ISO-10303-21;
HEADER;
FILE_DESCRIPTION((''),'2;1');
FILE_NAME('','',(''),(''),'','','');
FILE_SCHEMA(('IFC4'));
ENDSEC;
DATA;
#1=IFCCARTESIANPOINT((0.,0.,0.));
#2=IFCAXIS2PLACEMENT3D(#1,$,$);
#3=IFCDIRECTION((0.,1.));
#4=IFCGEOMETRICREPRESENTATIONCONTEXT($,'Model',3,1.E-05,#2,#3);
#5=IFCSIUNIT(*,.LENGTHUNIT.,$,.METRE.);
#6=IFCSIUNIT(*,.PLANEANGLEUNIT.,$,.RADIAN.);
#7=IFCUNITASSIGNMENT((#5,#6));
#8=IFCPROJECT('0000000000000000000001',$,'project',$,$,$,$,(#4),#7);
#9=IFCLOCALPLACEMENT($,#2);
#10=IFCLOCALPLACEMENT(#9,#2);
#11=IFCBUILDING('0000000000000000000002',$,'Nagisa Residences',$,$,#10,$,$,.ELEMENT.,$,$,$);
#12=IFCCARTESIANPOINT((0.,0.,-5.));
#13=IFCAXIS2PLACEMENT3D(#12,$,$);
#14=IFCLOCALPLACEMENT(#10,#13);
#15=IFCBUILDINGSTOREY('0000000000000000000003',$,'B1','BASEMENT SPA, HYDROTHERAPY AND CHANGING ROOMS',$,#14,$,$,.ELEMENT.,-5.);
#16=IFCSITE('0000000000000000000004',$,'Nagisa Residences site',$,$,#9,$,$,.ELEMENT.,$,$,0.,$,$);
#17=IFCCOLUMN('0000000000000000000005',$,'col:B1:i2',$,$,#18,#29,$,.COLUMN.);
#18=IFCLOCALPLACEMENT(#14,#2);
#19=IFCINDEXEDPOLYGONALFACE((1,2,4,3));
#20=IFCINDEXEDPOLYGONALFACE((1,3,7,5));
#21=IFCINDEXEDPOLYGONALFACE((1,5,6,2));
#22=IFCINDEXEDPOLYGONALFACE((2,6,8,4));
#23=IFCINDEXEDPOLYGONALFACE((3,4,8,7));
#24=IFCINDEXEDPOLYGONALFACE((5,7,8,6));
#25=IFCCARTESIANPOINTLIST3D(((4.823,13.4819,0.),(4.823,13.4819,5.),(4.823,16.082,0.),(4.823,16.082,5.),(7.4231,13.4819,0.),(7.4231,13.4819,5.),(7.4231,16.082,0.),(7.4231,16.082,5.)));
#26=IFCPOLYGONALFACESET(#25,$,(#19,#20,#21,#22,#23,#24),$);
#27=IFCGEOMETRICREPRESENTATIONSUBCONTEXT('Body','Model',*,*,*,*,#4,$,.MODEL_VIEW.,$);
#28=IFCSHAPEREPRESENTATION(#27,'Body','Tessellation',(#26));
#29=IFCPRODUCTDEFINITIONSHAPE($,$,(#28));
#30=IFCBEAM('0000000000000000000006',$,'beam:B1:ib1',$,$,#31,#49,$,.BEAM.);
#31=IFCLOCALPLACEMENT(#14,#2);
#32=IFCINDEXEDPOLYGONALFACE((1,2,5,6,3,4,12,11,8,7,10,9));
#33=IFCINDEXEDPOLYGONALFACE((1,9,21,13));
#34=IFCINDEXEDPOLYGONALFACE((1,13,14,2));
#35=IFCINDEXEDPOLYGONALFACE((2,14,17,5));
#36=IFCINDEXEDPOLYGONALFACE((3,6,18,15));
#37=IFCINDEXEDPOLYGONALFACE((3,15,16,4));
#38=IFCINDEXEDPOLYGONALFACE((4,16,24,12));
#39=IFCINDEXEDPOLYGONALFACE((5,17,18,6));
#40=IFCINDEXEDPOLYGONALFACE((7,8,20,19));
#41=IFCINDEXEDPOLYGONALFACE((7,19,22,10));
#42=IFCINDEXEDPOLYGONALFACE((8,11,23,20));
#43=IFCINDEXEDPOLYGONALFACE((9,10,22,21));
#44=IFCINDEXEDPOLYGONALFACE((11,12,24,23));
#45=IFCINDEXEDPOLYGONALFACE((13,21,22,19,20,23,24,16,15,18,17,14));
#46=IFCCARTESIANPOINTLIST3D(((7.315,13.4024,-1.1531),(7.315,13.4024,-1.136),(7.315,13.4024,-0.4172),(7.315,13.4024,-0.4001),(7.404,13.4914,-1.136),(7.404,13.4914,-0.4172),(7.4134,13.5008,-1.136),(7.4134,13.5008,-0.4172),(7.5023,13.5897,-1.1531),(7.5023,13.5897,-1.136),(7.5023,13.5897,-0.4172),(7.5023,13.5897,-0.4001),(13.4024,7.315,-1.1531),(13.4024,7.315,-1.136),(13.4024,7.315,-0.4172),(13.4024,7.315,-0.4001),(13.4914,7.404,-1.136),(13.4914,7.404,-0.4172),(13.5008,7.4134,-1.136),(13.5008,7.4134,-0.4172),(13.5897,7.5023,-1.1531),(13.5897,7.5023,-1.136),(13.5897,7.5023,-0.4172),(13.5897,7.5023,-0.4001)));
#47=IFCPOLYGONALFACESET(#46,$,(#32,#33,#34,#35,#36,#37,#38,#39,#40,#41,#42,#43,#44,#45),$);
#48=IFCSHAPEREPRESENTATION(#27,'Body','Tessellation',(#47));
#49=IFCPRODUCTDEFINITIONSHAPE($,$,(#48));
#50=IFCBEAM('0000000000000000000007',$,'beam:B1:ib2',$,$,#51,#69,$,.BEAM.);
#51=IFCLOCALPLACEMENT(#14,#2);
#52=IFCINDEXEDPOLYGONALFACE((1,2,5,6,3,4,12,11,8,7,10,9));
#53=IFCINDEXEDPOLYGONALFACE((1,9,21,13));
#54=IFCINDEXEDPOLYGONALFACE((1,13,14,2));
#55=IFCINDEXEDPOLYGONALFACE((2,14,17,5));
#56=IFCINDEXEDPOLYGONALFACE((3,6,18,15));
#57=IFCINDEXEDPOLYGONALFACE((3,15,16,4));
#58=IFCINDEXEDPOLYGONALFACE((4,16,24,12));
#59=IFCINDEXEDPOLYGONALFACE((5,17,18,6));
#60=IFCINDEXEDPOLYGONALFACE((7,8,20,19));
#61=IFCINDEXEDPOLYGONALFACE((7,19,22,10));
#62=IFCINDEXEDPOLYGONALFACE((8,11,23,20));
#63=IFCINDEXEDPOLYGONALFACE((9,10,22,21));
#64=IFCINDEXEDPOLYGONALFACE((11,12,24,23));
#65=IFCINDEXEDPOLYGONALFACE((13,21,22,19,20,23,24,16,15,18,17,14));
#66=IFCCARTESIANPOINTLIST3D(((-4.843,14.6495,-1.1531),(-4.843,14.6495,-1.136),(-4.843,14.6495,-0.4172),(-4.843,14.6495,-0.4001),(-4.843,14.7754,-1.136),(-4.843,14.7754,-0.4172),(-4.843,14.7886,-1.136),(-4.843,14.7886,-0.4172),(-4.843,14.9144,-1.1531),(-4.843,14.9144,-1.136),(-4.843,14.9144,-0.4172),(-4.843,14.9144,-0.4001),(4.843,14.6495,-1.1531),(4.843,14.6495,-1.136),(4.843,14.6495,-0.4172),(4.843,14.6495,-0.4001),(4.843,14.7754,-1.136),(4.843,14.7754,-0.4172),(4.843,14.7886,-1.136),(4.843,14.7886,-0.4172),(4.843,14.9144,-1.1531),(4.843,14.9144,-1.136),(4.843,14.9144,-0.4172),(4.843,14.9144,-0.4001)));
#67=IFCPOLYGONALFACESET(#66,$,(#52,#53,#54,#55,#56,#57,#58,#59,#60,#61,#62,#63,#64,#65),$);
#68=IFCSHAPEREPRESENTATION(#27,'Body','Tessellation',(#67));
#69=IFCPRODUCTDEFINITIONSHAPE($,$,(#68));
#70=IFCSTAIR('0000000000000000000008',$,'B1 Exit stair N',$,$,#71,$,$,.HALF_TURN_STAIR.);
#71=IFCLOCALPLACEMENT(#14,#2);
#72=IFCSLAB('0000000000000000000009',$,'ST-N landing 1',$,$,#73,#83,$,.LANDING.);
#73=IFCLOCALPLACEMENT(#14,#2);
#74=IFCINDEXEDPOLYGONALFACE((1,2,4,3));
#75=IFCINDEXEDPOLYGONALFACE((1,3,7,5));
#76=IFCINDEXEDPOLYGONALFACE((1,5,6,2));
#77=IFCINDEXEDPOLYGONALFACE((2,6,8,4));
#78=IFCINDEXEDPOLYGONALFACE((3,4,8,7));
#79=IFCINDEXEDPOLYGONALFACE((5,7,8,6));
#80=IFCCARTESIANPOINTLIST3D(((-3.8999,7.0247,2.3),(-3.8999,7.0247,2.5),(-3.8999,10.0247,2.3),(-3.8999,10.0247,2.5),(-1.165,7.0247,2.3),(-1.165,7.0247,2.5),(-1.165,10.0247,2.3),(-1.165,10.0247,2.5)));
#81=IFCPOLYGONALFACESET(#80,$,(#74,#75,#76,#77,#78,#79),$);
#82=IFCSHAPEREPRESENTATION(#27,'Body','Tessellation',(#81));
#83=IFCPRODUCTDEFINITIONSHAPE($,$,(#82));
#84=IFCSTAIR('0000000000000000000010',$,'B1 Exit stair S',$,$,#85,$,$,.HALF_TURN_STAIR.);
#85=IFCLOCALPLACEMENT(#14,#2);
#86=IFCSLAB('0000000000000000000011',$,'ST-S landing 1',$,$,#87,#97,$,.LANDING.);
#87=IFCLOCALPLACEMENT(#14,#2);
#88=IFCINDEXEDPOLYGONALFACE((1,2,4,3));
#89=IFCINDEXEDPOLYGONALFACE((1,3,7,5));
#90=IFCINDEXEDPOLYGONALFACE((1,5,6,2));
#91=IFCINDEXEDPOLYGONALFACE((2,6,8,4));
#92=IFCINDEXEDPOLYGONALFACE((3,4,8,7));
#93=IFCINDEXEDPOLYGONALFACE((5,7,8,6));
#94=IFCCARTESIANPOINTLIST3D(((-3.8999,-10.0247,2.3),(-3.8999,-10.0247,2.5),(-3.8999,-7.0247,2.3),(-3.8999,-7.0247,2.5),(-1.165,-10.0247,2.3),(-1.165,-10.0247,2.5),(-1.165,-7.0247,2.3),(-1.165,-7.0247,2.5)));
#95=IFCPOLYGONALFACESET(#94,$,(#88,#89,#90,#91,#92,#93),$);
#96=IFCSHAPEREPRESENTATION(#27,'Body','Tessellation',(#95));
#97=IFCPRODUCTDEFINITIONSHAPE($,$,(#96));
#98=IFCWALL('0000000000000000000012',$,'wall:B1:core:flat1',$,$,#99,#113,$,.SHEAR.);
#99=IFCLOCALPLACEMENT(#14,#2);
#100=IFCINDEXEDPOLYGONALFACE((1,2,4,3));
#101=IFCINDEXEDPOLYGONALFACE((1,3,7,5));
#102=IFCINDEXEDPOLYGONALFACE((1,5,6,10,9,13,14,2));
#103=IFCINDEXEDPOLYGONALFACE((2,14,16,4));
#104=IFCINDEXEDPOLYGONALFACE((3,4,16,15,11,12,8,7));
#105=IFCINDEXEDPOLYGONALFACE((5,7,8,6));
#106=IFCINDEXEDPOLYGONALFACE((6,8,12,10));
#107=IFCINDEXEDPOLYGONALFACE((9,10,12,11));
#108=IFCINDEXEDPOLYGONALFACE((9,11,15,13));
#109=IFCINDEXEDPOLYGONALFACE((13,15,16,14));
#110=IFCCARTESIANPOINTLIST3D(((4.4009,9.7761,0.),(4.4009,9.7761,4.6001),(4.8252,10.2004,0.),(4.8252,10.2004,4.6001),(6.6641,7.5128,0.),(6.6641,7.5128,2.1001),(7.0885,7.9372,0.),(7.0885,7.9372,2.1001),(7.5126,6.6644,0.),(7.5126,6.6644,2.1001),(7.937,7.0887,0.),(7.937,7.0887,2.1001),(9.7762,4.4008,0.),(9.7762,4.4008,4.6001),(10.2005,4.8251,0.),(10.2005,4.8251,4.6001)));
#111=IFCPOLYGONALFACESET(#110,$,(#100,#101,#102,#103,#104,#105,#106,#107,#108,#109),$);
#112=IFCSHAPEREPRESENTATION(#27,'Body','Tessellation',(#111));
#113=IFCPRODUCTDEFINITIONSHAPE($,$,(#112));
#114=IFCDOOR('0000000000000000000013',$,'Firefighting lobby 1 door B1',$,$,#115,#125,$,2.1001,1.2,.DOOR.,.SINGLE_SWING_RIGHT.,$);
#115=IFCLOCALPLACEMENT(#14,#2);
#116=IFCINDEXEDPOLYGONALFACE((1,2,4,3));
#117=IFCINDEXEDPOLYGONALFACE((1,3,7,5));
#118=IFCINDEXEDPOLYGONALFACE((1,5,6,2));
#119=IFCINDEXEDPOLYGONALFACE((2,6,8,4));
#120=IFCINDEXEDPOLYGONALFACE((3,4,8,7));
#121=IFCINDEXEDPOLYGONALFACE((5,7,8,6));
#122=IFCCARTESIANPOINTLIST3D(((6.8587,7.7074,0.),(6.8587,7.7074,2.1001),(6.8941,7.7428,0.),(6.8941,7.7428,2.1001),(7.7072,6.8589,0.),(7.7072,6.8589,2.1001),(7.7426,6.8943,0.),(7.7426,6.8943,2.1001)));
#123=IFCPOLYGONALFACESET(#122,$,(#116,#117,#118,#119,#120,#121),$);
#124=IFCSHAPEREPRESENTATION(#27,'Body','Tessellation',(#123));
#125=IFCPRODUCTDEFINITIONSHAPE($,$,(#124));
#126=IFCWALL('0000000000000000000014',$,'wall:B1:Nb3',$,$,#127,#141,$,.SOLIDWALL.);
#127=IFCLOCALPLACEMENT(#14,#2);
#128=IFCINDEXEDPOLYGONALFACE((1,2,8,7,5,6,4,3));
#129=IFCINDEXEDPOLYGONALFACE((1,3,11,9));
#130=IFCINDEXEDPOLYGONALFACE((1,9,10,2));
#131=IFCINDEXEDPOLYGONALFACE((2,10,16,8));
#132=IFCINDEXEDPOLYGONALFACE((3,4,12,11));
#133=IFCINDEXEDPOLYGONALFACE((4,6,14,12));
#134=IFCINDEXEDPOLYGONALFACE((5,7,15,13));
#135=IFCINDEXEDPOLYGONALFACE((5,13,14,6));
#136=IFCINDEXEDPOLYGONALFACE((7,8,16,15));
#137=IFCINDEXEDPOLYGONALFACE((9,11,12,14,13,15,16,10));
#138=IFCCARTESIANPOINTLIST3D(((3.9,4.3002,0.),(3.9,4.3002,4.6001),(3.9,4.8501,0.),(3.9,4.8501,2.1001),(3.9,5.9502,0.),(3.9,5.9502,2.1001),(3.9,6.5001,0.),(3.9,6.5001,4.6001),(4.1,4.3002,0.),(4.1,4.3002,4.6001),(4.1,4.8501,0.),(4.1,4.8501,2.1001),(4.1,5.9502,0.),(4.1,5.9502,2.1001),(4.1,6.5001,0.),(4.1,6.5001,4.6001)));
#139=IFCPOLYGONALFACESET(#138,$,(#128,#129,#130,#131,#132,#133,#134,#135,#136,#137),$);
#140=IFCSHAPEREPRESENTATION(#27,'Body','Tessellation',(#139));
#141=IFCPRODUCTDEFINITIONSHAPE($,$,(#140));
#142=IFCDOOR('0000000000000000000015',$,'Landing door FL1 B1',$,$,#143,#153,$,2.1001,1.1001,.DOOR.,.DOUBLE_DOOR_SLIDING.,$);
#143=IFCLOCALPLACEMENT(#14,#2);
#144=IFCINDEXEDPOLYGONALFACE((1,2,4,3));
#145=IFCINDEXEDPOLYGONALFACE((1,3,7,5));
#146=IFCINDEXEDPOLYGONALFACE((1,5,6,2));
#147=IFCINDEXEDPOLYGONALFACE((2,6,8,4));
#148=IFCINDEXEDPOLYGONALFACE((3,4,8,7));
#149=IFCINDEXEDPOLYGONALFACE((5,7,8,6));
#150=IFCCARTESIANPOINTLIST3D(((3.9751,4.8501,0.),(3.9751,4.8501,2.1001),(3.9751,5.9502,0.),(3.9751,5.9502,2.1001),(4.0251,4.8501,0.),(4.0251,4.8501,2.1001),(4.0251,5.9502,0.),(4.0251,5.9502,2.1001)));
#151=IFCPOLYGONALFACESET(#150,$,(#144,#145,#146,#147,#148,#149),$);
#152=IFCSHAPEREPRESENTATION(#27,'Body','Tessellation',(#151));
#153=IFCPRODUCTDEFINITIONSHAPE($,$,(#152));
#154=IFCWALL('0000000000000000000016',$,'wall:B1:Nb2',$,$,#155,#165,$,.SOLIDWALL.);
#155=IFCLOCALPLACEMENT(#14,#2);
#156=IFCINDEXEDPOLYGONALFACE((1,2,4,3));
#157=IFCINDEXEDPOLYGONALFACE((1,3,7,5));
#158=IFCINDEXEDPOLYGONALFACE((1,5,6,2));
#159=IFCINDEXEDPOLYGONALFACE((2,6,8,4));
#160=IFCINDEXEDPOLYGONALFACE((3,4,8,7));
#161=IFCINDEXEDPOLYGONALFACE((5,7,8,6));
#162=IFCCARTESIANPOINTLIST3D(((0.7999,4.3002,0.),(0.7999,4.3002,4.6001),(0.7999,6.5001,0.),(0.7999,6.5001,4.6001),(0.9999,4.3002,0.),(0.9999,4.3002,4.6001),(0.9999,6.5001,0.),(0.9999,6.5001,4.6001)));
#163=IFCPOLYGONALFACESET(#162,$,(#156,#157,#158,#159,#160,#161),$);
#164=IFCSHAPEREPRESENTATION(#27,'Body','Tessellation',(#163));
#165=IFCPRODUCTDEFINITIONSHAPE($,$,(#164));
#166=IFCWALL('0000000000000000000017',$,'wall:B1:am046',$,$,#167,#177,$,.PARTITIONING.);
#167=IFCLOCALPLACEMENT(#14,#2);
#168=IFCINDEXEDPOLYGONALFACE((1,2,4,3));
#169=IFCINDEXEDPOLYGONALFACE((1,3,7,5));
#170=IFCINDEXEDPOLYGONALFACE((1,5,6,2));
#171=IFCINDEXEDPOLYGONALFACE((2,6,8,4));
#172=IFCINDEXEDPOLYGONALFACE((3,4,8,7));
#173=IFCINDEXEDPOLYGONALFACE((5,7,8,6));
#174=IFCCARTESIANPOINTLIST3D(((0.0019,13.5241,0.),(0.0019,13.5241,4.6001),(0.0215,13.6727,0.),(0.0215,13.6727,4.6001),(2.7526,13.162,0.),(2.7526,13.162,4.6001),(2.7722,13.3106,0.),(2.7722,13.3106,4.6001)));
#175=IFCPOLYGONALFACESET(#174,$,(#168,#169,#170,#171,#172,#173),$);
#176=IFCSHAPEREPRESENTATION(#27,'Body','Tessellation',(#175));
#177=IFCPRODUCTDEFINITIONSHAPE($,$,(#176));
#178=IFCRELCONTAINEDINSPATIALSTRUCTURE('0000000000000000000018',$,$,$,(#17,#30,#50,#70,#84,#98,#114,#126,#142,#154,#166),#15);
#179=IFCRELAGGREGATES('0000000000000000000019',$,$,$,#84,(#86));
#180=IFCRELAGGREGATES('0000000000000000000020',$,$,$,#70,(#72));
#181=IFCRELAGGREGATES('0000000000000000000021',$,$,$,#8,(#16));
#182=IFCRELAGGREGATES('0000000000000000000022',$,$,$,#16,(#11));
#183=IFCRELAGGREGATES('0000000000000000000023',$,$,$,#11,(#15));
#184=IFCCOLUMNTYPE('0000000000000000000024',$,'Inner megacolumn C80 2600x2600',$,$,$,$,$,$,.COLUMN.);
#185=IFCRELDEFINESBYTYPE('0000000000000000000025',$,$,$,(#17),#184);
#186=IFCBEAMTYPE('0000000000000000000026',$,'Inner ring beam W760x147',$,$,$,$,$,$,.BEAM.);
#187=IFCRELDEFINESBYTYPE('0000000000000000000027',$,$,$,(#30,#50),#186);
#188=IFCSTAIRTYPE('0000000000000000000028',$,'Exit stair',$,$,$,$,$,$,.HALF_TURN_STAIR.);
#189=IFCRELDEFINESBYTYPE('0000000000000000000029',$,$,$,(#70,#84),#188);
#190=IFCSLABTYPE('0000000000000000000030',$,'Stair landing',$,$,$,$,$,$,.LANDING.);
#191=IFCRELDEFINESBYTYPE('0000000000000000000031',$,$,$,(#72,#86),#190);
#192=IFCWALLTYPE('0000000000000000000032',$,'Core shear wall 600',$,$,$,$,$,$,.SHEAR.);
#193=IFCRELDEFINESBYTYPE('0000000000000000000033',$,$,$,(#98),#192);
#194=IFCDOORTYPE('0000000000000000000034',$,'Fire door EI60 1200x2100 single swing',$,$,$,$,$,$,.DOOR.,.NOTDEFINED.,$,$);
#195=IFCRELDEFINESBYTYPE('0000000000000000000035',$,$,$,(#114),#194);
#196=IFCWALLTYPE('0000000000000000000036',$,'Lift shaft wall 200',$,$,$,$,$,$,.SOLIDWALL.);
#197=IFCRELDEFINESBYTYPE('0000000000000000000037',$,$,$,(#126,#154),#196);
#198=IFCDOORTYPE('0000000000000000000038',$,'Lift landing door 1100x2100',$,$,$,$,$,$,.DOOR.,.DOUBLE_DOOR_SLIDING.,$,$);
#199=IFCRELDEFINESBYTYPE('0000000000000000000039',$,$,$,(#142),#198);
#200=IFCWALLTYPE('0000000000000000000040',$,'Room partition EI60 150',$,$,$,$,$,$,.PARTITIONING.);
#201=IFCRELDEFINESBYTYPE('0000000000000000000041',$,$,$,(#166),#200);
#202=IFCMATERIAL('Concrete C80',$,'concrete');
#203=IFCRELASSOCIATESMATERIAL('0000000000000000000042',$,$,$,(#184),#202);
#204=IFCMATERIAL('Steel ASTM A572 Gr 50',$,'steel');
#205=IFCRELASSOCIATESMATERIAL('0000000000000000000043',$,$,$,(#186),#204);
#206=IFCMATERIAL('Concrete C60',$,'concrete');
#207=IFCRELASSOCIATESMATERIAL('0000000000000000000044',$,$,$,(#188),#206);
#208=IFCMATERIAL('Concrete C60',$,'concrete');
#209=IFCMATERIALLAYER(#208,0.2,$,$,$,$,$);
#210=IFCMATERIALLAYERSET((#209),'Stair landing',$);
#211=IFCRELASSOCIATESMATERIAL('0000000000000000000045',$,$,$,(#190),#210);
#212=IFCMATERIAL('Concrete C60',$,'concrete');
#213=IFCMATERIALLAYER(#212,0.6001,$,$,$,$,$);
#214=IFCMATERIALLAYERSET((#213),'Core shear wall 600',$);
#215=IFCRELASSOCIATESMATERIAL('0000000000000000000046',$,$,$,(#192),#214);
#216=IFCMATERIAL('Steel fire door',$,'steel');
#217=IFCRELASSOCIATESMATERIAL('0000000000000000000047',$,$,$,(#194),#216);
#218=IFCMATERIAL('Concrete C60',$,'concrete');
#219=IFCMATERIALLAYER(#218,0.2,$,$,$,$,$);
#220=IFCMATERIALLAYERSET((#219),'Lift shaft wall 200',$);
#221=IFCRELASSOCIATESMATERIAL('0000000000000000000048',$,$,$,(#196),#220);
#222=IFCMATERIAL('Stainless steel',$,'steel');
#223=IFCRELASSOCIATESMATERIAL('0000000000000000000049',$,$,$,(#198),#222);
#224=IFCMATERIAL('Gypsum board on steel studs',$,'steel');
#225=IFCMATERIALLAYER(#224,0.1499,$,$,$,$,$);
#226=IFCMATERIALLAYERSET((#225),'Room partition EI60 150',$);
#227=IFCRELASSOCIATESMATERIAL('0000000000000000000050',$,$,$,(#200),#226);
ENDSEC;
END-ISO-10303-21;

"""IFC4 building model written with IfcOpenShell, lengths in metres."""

from ifc_helpers import new_model, si_unit, direction, frame, frame_2d, origin, origin_2d, place, context, subcontext, project, spatial, polyline, rectangle, i_section, outline, extrude, material, layer, layer_set, material_profile, profile_set, type_object, element, fill, aggregate, save


model = new_model("IFC4")

# Units and contexts
model_context = context("Model", 3, precision=1e-05, world=origin(), true_north=direction((0.0, 1.0)))
body_context = subcontext(model_context, "Body", "Model", "MODEL_VIEW")
ifc_project = project(units=[si_unit("LENGTHUNIT", "METRE"), si_unit("PLANEANGLEUNIT", "RADIAN")], contexts=[model_context])

# Site, building, storey
site_placement = place(None, origin())
site = spatial("IfcSite", under=ifc_project, at=site_placement, Name="Nagisa Residences site", CompositionType="ELEMENT", RefElevation=0.0)
building_placement = place(site_placement, origin())
building = spatial("IfcBuilding", under=site, at=building_placement, Name="Nagisa Residences", CompositionType="ELEMENT")
storey_placement = place(building_placement, frame((0.0, 0.0, -5.0)))
storey = spatial("IfcBuildingStorey", under=building, at=storey_placement, Name="B1", Description="BASEMENT SPA, HYDROTHERAPY AND CHANGING ROOMS", CompositionType="ELEMENT", Elevation=-5.0)

# Column
ifc_material_1 = material(Name="Concrete C80", Category="concrete")
ifc_material_profile_1 = material_profile(ifc_material_1, rectangle(XDim=2.6001, YDim=2.6001, at=origin_2d()), Name="C80 2600x2600")
ifc_profile_set_1 = profile_set([ifc_material_profile_1], Name="Concrete C80")
column_type = type_object("IfcColumnType", Name="Inner megacolumn C80 2600x2600", PredefinedType="COLUMN", material=ifc_profile_set_1)
column_placement = place(storey_placement, frame((6.123, 14.782, 0.0), z_axis=(0.0, 0.0, 1.0), x_axis=(1.0, 0.0, 0.0)))
element("IfcColumn", 1, at=column_placement, inside=storey, type_object=column_type, Name="col:B1:i2", PredefinedType="COLUMN", context=body_context, shape_type="SweptSolid", body=[
    extrude(rectangle(XDim=2.6001, YDim=2.6001, at=origin_2d()), origin(), (0.0, 0.0, 1.0), 5.0),
])

# Beams
ifc_material_2 = material(Name="Steel ASTM A572 Gr 50", Category="steel")
ifc_material_profile_2 = material_profile(ifc_material_2, i_section(OverallWidth=0.2649, OverallDepth=0.7529, WebThickness=0.0132, FlangeThickness=0.0171, at=origin_2d()), Name="W760x147")
ifc_profile_set_2 = profile_set([ifc_material_profile_2], Name="Steel ASTM A572 Gr 50")
beam_type = type_object("IfcBeamType", Name="Inner ring beam W760x147", PredefinedType="BEAM", material=ifc_profile_set_2)
beam_1_placement = place(storey_placement, frame((13.4961, 7.4087, -0.7766), z_axis=(-0.707107, 0.707107, 0.0), x_axis=(-0.707107, -0.707107, 0.0)))
element("IfcBeam", 2, at=beam_1_placement, inside=storey, type_object=beam_type, Name="beam:B1:ib1", PredefinedType="BEAM", context=body_context, shape_type="SweptSolid", body=[
    extrude(i_section(OverallWidth=0.2649, OverallDepth=0.7529, WebThickness=0.0132, FlangeThickness=0.0171, at=origin_2d()), origin(), (0.0, 0.0, 1.0), 8.6089),
])
beam_2_placement = place(storey_placement, frame((4.843, 14.782, -0.7766), z_axis=(-1.0, 0.0, 0.0), x_axis=(0.0, -1.0, 0.0)))
element("IfcBeam", 3, at=beam_2_placement, inside=storey, type_object=beam_type, Name="beam:B1:ib2", PredefinedType="BEAM", context=body_context, shape_type="SweptSolid", body=[
    extrude(i_section(OverallWidth=0.2649, OverallDepth=0.7529, WebThickness=0.0132, FlangeThickness=0.0171, at=origin_2d()), origin(), (0.0, 0.0, 1.0), 9.686),
])

# Stairs, slabs
ifc_material_3 = material(Name="Concrete C60", Category="concrete")
stair_type = type_object("IfcStairType", Name="Exit stair", PredefinedType="HALF_TURN_STAIR", material=ifc_material_3)
stair_1_placement = place(storey_placement, origin())
stair_1 = element("IfcStair", 4, at=stair_1_placement, inside=storey, type_object=stair_type, Name="B1 Exit stair N", PredefinedType="HALF_TURN_STAIR")
ifc_material_4 = material(Name="Concrete C60", Category="concrete")
ifc_layer_1 = layer(ifc_material_4, 0.2)
ifc_layer_set_1 = layer_set([ifc_layer_1], Name="Stair landing")
slab_type = type_object("IfcSlabType", Name="Stair landing", PredefinedType="LANDING", material=ifc_layer_set_1)
slab_1_placement = place(storey_placement, frame((0.0, 0.0, 2.3)))
slab_1 = element("IfcSlab", 5, at=slab_1_placement, type_object=slab_type, Name="ST-N landing 1", PredefinedType="LANDING", context=body_context, shape_type="SweptSolid", body=[
    extrude(outline(polyline([(-1.165, 10.0247), (-3.8999, 10.0247), (-3.8999, 7.0247), (-1.165, 7.0247), (-1.165, 10.0247)])), origin(), (0.0, 0.0, 1.0), 0.2),
])
stair_2_placement = place(storey_placement, origin())
stair_2 = element("IfcStair", 6, at=stair_2_placement, inside=storey, type_object=stair_type, Name="B1 Exit stair S", PredefinedType="HALF_TURN_STAIR")
slab_2_placement = place(storey_placement, frame((0.0, 0.0, 2.3)))
slab_2 = element("IfcSlab", 7, at=slab_2_placement, type_object=slab_type, Name="ST-S landing 1", PredefinedType="LANDING", context=body_context, shape_type="SweptSolid", body=[
    extrude(outline(polyline([(-1.165, -7.0247), (-3.8999, -7.0247), (-3.8999, -10.0247), (-1.165, -10.0247), (-1.165, -7.0247)])), origin(), (0.0, 0.0, 1.0), 0.2),
])
aggregate(stair_2, [slab_2])

# Walls, openings, doors
ifc_material_5 = material(Name="Concrete C60", Category="concrete")
ifc_layer_2 = layer(ifc_material_5, 0.6001)
ifc_layer_set_2 = layer_set([ifc_layer_2], Name="Core shear wall 600")
wall_type_1 = type_object("IfcWallType", Name="Core shear wall 600", PredefinedType="SHEAR", material=ifc_layer_set_2)
wall_1_placement = place(storey_placement, frame((9.9883, 4.613, 0.0), z_axis=(0.0, 0.0, 1.0), x_axis=(-0.707107, 0.707107, 0.0)))
wall_1 = element("IfcWall", 8, at=wall_1_placement, inside=storey, type_object=wall_type_1, Name="wall:B1:core:flat1", PredefinedType="SHEAR", context=body_context, shape_type="SweptSolid", body=[
    extrude(rectangle(XDim=7.6018, YDim=0.6001, at=frame_2d((3.8008, 0.0))), origin(), (0.0, 0.0, 1.0), 4.6001),
])
opening_1_placement = place(wall_1_placement, frame((3.2009, 0.0, 0.0)))
opening_1 = element("IfcOpeningElement", 9, at=opening_1_placement, cuts=wall_1, PredefinedType="OPENING", context=body_context, shape_type="SweptSolid", body=[
    extrude(rectangle(XDim=1.2, YDim=2.1001, at=frame_2d((0.6001, 1.05))), frame((0.0, 0.3101, 0.0), z_axis=(0.0, -1.0, 0.0), x_axis=(1.0, 0.0, 0.0)), (0.0, 0.0, 1.0), 0.6201),
])
ifc_material_6 = material(Name="Steel fire door", Category="steel")
door_type_1 = type_object("IfcDoorType", Name="Fire door EI60 1200x2100 single swing", OperationType="NOTDEFINED", PredefinedType="DOOR", material=ifc_material_6)
door_1_placement = place(opening_1_placement, origin())
door_1 = element("IfcDoor", 10, at=door_1_placement, inside=storey, type_object=door_type_1, Name="Firefighting lobby 1 door B1", OperationType="SINGLE_SWING_RIGHT", OverallHeight=2.1001, OverallWidth=1.2, PredefinedType="DOOR", context=body_context, shape_type="SweptSolid", body=[
    extrude(rectangle(XDim=1.2, YDim=2.1001, at=frame_2d((0.6001, 1.05))), frame((0.0, 0.0249, 0.0), z_axis=(0.0, -1.0, 0.0), x_axis=(1.0, 0.0, 0.0)), (0.0, 0.0, 1.0), 0.05),
])
fill(opening_1, door_1)
ifc_material_7 = material(Name="Concrete C60", Category="concrete")
ifc_layer_3 = layer(ifc_material_7, 0.2)
ifc_layer_set_3 = layer_set([ifc_layer_3], Name="Lift shaft wall 200")
wall_type_2 = type_object("IfcWallType", Name="Lift shaft wall 200", PredefinedType="SOLIDWALL", material=ifc_layer_set_3)
wall_2_placement = place(storey_placement, frame((4.0, 4.3, 0.0), z_axis=(0.0, 0.0, 1.0), x_axis=(0.0, 1.0, 0.0)))
wall_2 = element("IfcWall", 11, at=wall_2_placement, inside=storey, type_object=wall_type_2, Name="wall:B1:Nb3", PredefinedType="SOLIDWALL", context=body_context, shape_type="SweptSolid", body=[
    extrude(rectangle(XDim=2.2, YDim=0.2, at=frame_2d((1.1001, 0.0))), origin(), (0.0, 0.0, 1.0), 4.6001),
])
opening_2_placement = place(wall_2_placement, frame((0.55, 0.0, 0.0)))
opening_2 = element("IfcOpeningElement", 12, at=opening_2_placement, cuts=wall_2, PredefinedType="OPENING", context=body_context, shape_type="SweptSolid", body=[
    extrude(rectangle(XDim=1.1001, YDim=2.1001, at=frame_2d((0.55, 1.05))), frame((0.0, 0.1099, 0.0), z_axis=(0.0, -1.0, 0.0), x_axis=(1.0, 0.0, 0.0)), (0.0, 0.0, 1.0), 0.22),
])
ifc_material_8 = material(Name="Stainless steel", Category="steel")
door_type_2 = type_object("IfcDoorType", Name="Lift landing door 1100x2100", OperationType="DOUBLE_DOOR_SLIDING", PredefinedType="DOOR", material=ifc_material_8)
door_2_placement = place(opening_2_placement, origin())
door_2 = element("IfcDoor", 13, at=door_2_placement, inside=storey, type_object=door_type_2, Name="Landing door FL1 B1", OperationType="DOUBLE_DOOR_SLIDING", OverallHeight=2.1001, OverallWidth=1.1001, PredefinedType="DOOR", context=body_context, shape_type="SweptSolid", body=[
    extrude(rectangle(XDim=1.1001, YDim=2.1001, at=frame_2d((0.55, 1.05))), frame((0.0, 0.0249, 0.0), z_axis=(0.0, -1.0, 0.0), x_axis=(1.0, 0.0, 0.0)), (0.0, 0.0, 1.0), 0.05),
])
fill(opening_2, door_2)

# Walls
wall_3_placement = place(storey_placement, frame((0.8999, 4.3, 0.0), z_axis=(0.0, 0.0, 1.0), x_axis=(0.0, 1.0, 0.0)))
element("IfcWall", 14, at=wall_3_placement, inside=storey, type_object=wall_type_2, Name="wall:B1:Nb2", PredefinedType="SOLIDWALL", context=body_context, shape_type="SweptSolid", body=[
    extrude(rectangle(XDim=2.2, YDim=0.2, at=frame_2d((1.1001, 0.0))), origin(), (0.0, 0.0, 1.0), 4.6001),
])
ifc_material_9 = material(Name="Gypsum board on steel studs", Category="steel")
ifc_layer_4 = layer(ifc_material_9, 0.1499)
ifc_layer_set_4 = layer_set([ifc_layer_4], Name="Room partition EI60 150")
wall_type_3 = type_object("IfcWallType", Name="Room partition EI60 150", PredefinedType="PARTITIONING", material=ifc_layer_set_4)
wall_4_placement = place(storey_placement, frame((0.0117, 13.5984, 0.0), z_axis=(0.0, 0.0, 1.0), x_axis=(0.991449, -0.130498, 0.0)))
element("IfcWall", 15, at=wall_4_placement, inside=storey, type_object=wall_type_3, Name="wall:B1:am046", PredefinedType="PARTITIONING", context=body_context, shape_type="SweptSolid", body=[
    extrude(rectangle(XDim=2.7744, YDim=0.1499, at=frame_2d((1.3872, 0.0))), origin(), (0.0, 0.0, 1.0), 4.6001),
])

aggregate(stair_1, [slab_1])

save(model, "model.ifc")
